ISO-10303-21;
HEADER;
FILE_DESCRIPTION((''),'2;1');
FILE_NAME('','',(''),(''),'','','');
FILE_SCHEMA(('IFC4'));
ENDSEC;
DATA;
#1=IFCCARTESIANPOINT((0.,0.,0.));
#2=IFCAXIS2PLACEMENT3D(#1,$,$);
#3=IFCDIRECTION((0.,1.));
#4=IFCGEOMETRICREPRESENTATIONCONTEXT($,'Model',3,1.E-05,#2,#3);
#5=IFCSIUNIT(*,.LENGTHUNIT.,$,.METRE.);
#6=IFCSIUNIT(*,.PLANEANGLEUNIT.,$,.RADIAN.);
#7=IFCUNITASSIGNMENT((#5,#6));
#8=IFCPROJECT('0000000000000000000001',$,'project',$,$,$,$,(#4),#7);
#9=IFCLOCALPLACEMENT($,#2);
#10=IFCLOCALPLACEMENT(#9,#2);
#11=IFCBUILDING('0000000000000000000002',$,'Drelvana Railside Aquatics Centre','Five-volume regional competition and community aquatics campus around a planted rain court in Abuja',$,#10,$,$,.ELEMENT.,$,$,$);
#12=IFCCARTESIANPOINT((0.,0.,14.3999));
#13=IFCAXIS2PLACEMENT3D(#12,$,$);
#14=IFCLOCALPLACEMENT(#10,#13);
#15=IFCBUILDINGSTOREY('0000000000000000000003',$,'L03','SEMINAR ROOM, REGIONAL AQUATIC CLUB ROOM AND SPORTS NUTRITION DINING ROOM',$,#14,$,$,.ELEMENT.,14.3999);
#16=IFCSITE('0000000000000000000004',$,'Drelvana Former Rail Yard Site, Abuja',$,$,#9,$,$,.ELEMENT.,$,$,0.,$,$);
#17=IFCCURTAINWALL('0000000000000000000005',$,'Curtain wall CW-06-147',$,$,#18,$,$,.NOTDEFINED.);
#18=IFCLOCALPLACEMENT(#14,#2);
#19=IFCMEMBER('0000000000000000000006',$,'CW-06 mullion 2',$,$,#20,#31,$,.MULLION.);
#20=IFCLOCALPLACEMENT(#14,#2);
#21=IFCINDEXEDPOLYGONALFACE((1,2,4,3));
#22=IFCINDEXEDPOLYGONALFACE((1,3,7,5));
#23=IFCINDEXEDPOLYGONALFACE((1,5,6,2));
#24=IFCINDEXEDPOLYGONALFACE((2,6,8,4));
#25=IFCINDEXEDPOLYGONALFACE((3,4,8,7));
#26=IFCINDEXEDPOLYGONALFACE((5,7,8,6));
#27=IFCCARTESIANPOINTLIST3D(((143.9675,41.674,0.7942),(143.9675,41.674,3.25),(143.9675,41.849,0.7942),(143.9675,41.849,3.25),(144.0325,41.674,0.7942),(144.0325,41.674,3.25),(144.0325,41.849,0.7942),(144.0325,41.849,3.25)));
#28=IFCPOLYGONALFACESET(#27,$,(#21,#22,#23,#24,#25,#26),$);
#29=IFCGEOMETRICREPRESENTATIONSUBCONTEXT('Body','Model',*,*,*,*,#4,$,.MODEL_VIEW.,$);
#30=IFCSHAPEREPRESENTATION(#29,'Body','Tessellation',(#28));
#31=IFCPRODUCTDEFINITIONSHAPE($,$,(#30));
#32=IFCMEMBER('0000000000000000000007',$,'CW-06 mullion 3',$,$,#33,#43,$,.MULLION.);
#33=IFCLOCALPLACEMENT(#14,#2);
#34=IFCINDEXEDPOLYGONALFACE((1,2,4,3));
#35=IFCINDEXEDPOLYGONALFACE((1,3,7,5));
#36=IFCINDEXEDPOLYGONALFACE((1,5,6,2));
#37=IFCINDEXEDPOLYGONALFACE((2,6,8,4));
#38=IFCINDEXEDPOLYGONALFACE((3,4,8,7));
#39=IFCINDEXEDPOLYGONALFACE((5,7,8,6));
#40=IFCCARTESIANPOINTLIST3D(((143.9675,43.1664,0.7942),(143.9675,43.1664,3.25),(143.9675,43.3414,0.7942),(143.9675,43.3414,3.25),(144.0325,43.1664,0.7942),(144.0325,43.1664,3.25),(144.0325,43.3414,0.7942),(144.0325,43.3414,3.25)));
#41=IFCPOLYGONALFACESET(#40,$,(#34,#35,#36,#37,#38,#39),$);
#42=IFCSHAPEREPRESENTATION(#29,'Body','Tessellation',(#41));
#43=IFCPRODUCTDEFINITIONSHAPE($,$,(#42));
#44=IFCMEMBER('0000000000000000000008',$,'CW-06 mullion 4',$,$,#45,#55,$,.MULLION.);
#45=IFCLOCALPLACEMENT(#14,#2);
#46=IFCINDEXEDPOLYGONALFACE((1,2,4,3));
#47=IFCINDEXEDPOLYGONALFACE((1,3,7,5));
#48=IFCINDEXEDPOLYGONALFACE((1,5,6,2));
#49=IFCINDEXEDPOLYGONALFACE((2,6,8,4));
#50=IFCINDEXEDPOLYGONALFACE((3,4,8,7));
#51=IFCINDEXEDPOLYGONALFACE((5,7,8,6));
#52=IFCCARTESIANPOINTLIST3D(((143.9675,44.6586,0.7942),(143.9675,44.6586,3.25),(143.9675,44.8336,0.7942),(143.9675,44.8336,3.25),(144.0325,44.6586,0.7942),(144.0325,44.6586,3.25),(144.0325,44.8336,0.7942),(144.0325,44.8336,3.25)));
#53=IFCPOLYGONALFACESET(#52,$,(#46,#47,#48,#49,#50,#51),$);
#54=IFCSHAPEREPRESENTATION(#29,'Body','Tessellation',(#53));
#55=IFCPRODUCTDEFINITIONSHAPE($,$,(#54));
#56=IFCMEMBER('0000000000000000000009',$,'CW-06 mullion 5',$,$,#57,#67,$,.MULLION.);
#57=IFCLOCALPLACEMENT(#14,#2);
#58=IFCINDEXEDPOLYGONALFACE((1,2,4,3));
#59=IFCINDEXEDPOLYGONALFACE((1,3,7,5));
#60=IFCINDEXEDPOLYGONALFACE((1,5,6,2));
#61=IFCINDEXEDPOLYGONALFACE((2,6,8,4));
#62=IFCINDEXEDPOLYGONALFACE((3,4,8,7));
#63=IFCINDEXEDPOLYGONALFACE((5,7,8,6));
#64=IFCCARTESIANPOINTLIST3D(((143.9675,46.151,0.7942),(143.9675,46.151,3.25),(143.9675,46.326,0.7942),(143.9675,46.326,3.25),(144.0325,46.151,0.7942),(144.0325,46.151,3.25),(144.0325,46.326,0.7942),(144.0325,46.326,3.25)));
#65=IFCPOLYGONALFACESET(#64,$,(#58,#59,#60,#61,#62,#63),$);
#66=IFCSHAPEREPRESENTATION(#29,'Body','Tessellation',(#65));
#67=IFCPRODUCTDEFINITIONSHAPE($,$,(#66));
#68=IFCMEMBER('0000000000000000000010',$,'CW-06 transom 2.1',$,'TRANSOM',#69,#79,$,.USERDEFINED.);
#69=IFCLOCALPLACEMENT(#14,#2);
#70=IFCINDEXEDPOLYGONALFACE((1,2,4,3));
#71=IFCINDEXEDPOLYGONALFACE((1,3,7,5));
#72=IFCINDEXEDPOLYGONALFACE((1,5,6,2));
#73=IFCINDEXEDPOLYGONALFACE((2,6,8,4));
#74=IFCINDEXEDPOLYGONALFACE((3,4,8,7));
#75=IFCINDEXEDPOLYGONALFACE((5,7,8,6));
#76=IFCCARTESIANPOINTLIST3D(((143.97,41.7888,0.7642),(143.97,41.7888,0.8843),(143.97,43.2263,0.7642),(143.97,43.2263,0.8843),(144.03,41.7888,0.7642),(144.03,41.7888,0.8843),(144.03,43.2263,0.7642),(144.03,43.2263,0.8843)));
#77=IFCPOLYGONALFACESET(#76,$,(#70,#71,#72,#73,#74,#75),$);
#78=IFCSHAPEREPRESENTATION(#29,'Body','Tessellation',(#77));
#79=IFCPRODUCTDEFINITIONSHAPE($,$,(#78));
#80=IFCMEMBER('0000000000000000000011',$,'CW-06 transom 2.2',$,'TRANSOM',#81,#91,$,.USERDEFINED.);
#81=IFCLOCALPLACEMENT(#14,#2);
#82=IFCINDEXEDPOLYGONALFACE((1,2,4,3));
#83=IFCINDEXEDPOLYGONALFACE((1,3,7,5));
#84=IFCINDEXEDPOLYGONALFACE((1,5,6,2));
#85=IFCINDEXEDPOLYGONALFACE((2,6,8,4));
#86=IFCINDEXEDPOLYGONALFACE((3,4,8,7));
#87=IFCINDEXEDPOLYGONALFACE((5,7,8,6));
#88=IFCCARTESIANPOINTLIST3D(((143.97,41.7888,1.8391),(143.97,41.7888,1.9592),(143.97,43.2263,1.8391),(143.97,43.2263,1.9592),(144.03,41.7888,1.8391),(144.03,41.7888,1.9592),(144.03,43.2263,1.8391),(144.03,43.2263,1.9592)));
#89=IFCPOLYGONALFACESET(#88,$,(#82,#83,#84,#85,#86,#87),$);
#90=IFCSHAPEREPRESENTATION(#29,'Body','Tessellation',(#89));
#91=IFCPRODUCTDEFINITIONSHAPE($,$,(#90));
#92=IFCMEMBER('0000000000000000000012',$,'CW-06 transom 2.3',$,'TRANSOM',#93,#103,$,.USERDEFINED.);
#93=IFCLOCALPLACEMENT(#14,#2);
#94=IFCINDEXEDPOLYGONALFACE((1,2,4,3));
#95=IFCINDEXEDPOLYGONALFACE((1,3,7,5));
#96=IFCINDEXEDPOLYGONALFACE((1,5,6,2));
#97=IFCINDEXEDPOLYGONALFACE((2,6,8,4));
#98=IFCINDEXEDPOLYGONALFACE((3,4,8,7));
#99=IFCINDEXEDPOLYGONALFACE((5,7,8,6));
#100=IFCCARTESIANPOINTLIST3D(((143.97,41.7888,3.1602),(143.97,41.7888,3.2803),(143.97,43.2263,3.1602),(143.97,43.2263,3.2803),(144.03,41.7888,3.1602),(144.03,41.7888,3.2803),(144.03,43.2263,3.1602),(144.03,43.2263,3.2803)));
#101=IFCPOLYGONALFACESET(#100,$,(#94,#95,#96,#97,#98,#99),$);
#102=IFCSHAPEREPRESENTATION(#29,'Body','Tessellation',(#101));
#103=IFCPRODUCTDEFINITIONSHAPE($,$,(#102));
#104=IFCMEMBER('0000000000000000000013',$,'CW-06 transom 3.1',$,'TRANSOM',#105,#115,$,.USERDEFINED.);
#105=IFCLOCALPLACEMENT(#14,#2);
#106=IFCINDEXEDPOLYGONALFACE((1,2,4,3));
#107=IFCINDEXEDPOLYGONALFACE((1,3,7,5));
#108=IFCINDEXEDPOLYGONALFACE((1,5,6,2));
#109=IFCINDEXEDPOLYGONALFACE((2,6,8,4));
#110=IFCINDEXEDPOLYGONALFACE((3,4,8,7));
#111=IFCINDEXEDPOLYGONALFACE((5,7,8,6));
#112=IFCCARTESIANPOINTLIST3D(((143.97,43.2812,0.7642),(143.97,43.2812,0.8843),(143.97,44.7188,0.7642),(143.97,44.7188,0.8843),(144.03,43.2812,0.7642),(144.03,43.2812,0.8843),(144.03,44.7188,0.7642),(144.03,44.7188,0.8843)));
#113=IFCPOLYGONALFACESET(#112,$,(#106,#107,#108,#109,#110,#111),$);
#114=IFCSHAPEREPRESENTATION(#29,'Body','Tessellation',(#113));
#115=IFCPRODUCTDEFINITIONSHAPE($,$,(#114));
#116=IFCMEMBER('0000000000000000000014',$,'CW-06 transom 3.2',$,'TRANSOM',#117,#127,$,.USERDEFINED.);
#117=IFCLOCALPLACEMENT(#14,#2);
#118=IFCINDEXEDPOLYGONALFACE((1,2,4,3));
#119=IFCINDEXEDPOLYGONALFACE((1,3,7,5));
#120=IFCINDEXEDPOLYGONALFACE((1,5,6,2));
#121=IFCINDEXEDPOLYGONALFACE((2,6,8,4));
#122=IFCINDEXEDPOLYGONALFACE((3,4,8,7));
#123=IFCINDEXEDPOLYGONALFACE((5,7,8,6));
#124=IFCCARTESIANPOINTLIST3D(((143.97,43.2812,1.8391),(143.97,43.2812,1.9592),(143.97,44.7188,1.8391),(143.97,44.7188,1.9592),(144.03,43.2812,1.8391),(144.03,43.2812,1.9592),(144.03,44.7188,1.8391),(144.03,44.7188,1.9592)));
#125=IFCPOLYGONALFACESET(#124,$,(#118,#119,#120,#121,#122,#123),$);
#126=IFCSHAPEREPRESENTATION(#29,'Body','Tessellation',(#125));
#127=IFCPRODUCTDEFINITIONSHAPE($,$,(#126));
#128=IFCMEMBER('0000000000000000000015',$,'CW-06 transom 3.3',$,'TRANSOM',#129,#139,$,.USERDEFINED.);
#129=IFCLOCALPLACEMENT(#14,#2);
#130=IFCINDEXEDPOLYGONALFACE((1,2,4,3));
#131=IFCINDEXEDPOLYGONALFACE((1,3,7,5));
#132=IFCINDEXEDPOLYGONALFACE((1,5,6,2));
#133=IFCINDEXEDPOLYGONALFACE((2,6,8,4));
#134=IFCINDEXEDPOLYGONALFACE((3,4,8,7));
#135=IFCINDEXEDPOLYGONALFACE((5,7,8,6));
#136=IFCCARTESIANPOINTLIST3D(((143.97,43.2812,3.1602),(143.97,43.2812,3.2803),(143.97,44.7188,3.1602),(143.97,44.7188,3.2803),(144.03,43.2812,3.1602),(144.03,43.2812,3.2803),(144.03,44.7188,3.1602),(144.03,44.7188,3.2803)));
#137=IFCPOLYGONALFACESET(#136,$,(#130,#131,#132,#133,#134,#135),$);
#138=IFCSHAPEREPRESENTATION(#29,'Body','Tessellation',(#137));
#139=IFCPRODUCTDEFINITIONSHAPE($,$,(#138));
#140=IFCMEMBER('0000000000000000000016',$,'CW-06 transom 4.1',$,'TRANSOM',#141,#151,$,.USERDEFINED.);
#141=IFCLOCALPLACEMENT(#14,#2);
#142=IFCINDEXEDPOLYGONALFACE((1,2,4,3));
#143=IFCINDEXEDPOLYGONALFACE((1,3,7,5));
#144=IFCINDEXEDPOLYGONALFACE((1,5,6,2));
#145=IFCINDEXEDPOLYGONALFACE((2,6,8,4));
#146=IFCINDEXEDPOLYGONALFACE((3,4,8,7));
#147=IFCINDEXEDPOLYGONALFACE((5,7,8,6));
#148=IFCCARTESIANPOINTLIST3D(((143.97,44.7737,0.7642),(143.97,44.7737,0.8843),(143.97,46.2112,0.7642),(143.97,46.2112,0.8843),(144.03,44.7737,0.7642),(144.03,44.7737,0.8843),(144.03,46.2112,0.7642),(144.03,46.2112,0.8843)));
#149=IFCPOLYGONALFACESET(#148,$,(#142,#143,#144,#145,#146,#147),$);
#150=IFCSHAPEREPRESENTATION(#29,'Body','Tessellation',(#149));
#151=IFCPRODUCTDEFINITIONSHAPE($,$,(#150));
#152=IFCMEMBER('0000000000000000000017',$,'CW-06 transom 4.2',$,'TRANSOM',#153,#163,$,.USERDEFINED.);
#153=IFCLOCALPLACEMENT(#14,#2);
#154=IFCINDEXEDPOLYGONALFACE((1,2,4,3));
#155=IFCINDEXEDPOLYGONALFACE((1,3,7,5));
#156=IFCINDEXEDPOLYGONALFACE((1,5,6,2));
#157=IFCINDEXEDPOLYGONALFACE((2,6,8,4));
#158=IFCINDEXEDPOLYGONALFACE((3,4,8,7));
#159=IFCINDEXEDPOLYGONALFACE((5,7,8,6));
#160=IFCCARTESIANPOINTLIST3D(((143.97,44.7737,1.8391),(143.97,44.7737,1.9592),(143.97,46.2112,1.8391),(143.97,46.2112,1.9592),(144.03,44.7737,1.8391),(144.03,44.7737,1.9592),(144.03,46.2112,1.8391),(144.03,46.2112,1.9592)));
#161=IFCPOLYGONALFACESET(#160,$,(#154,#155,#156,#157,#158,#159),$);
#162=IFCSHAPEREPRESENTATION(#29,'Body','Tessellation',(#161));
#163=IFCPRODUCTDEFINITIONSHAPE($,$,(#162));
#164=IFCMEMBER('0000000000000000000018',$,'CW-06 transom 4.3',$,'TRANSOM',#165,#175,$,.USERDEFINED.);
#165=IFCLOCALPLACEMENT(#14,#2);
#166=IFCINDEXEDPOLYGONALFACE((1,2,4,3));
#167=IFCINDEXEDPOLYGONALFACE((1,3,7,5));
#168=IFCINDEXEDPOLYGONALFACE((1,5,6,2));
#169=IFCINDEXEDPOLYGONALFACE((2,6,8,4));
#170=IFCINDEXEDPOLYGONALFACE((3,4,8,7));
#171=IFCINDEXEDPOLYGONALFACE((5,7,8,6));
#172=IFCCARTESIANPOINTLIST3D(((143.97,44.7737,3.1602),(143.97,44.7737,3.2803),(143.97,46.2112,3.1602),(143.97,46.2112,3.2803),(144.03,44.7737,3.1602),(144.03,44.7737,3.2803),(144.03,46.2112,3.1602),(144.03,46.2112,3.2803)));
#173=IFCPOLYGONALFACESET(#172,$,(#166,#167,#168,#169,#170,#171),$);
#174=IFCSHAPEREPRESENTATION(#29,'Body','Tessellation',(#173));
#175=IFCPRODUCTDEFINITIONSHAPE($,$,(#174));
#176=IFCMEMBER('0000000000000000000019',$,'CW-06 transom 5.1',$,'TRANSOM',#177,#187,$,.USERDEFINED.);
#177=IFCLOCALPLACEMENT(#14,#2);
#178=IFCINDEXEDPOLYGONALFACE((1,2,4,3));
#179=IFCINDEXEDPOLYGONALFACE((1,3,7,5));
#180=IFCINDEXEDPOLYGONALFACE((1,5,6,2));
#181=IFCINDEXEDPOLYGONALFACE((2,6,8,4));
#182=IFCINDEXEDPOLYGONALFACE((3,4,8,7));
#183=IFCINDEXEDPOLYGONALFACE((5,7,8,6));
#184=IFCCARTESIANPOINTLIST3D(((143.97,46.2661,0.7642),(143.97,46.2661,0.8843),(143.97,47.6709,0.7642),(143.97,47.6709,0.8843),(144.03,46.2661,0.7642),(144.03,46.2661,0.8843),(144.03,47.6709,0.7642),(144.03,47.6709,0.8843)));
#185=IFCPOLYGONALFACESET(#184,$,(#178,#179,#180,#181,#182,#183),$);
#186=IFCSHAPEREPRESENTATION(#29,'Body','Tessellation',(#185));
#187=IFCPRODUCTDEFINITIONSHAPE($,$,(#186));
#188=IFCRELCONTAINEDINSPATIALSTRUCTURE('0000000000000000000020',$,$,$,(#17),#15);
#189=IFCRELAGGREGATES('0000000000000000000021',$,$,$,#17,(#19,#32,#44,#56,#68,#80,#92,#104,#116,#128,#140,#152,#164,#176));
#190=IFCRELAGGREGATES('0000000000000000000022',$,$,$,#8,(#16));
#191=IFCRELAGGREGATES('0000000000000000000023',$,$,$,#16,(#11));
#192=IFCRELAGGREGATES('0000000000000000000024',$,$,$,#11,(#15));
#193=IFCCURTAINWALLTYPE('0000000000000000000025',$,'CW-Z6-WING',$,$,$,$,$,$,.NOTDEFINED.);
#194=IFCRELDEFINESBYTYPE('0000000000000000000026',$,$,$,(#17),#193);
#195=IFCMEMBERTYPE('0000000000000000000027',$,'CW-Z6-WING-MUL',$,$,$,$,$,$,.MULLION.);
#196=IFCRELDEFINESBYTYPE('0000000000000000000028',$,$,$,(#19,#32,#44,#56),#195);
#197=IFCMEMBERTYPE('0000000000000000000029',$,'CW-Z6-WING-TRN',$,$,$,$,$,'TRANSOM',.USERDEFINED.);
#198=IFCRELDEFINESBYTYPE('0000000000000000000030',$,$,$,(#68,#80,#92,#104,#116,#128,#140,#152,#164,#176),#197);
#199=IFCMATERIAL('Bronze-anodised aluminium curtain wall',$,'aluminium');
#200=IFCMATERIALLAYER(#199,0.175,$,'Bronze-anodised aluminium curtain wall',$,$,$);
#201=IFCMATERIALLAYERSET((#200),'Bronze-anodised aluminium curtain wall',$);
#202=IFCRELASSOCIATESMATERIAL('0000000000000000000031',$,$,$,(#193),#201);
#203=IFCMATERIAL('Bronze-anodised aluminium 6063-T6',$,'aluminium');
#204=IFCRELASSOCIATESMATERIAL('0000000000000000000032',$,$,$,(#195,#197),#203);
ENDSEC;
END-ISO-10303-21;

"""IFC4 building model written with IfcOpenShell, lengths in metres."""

from ifc_helpers import new_model, si_unit, direction, frame, origin, origin_2d, place, context, subcontext, project, spatial, rectangle, extrude, material, layer, layer_set, material_profile, profile_set, type_object, element, aggregate, save


model = new_model("IFC4")

# Units and contexts
model_context = context("Model", 3, precision=1e-05, world=origin(), true_north=direction((0.0, 1.0)))
body_context = subcontext(model_context, "Body", "Model", "MODEL_VIEW")
ifc_project = project(units=[si_unit("LENGTHUNIT", "METRE"), si_unit("PLANEANGLEUNIT", "RADIAN")], contexts=[model_context])

# Site, building, storey
site_placement = place(None, origin())
site = spatial("IfcSite", under=ifc_project, at=site_placement, Name="Drelvana Former Rail Yard Site, Abuja", CompositionType="ELEMENT", RefElevation=0.0)
building_placement = place(site_placement, origin())
building = spatial("IfcBuilding", under=site, at=building_placement, Name="Drelvana Railside Aquatics Centre", Description="Five-volume regional competition and community aquatics campus around a planted rain court in Abuja", CompositionType="ELEMENT")
storey_placement = place(building_placement, frame((0.0, 0.0, 14.3999)))
storey = spatial("IfcBuildingStorey", under=building, at=storey_placement, Name="L03", Description="SEMINAR ROOM, REGIONAL AQUATIC CLUB ROOM AND SPORTS NUTRITION DINING ROOM", CompositionType="ELEMENT", Elevation=14.3999)

# Curtain wall, members
ifc_material_1 = material(Name="Bronze-anodised aluminium curtain wall", Category="aluminium")
ifc_layer_1 = layer(ifc_material_1, 0.175, Name="Bronze-anodised aluminium curtain wall")
ifc_layer_set_1 = layer_set([ifc_layer_1], Name="Bronze-anodised aluminium curtain wall")
curtain_wall_type = type_object("IfcCurtainWallType", Name="CW-Z6-WING", PredefinedType="NOTDEFINED", material=ifc_layer_set_1)
curtain_wall_placement = place(storey_placement, origin())
curtain_wall = element("IfcCurtainWall", 1, at=curtain_wall_placement, inside=storey, type_object=curtain_wall_type, Name="Curtain wall CW-06-147", PredefinedType="NOTDEFINED")
ifc_material_2 = material(Name="Bronze-anodised aluminium 6063-T6", Category="aluminium")
ifc_material_profile_1 = material_profile(ifc_material_2, rectangle(XDim=0.0649, YDim=0.175, at=origin_2d()), Name="ALU-M 65x175")
ifc_profile_set_1 = profile_set([ifc_material_profile_1], Name="Bronze-anodised aluminium 6063-T6")
member_type_1 = type_object("IfcMemberType", Name="CW-Z6-WING-MUL", PredefinedType="MULLION", material=ifc_profile_set_1)
member_1_placement = place(storey_placement, frame((144.0, 41.7615, 0.7942), z_axis=(0.0, 0.0, 1.0), x_axis=(-1.0, 0.0, 0.0)))
member_1 = element("IfcMember", 2, at=member_1_placement, type_object=member_type_1, Name="CW-06 mullion 2", PredefinedType="MULLION", context=body_context, shape_type="SweptSolid", body=[
    extrude(rectangle(XDim=0.0649, YDim=0.175, at=origin_2d()), origin(), (0.0, 0.0, 1.0), 2.4558),
])
member_2_placement = place(storey_placement, frame((144.0, 43.2539, 0.7942), z_axis=(0.0, 0.0, 1.0), x_axis=(-1.0, 0.0, 0.0)))
member_2 = element("IfcMember", 3, at=member_2_placement, type_object=member_type_1, Name="CW-06 mullion 3", PredefinedType="MULLION", context=body_context, shape_type="SweptSolid", body=[
    extrude(rectangle(XDim=0.0649, YDim=0.175, at=origin_2d()), origin(), (0.0, 0.0, 1.0), 2.4558),
])
member_3_placement = place(storey_placement, frame((144.0, 44.7461, 0.7942), z_axis=(0.0, 0.0, 1.0), x_axis=(-1.0, 0.0, 0.0)))
member_3 = element("IfcMember", 4, at=member_3_placement, type_object=member_type_1, Name="CW-06 mullion 4", PredefinedType="MULLION", context=body_context, shape_type="SweptSolid", body=[
    extrude(rectangle(XDim=0.0649, YDim=0.175, at=origin_2d()), origin(), (0.0, 0.0, 1.0), 2.4558),
])
member_4_placement = place(storey_placement, frame((144.0, 46.2385, 0.7942), z_axis=(0.0, 0.0, 1.0), x_axis=(-1.0, 0.0, 0.0)))
member_4 = element("IfcMember", 5, at=member_4_placement, type_object=member_type_1, Name="CW-06 mullion 5", PredefinedType="MULLION", context=body_context, shape_type="SweptSolid", body=[
    extrude(rectangle(XDim=0.0649, YDim=0.175, at=origin_2d()), origin(), (0.0, 0.0, 1.0), 2.4558),
])
ifc_material_profile_2 = material_profile(ifc_material_2, rectangle(XDim=0.1201, YDim=0.0601, at=origin_2d()), Name="ALU-T 60x120")
ifc_profile_set_2 = profile_set([ifc_material_profile_2], Name="Bronze-anodised aluminium 6063-T6")
member_type_2 = type_object("IfcMemberType", Name="CW-Z6-WING-TRN", ElementType="TRANSOM", PredefinedType="USERDEFINED", material=ifc_profile_set_2)
member_5_placement = place(storey_placement, frame((144.0, 41.7888, 0.8242), z_axis=(0.0, 1.0, 0.0), x_axis=(0.0, 0.0, 1.0)))
member_5 = element("IfcMember", 6, at=member_5_placement, type_object=member_type_2, Name="CW-06 transom 2.1", ObjectType="TRANSOM", PredefinedType="USERDEFINED", context=body_context, shape_type="SweptSolid", body=[
    extrude(rectangle(XDim=0.1201, YDim=0.0601, at=origin_2d()), origin(), (0.0, 0.0, 1.0), 1.4375),
])
member_6_placement = place(storey_placement, frame((144.0, 41.7888, 1.8992), z_axis=(0.0, 1.0, 0.0), x_axis=(0.0, 0.0, 1.0)))
member_6 = element("IfcMember", 7, at=member_6_placement, type_object=member_type_2, Name="CW-06 transom 2.2", ObjectType="TRANSOM", PredefinedType="USERDEFINED", context=body_context, shape_type="SweptSolid", body=[
    extrude(rectangle(XDim=0.1201, YDim=0.0601, at=origin_2d()), origin(), (0.0, 0.0, 1.0), 1.4375),
])
member_7_placement = place(storey_placement, frame((144.0, 41.7888, 3.2202), z_axis=(0.0, 1.0, 0.0), x_axis=(0.0, 0.0, 1.0)))
member_7 = element("IfcMember", 8, at=member_7_placement, type_object=member_type_2, Name="CW-06 transom 2.3", ObjectType="TRANSOM", PredefinedType="USERDEFINED", context=body_context, shape_type="SweptSolid", body=[
    extrude(rectangle(XDim=0.1201, YDim=0.0601, at=origin_2d()), origin(), (0.0, 0.0, 1.0), 1.4375),
])
member_8_placement = place(storey_placement, frame((144.0, 43.2812, 0.8242), z_axis=(0.0, 1.0, 0.0), x_axis=(0.0, 0.0, 1.0)))
member_8 = element("IfcMember", 9, at=member_8_placement, type_object=member_type_2, Name="CW-06 transom 3.1", ObjectType="TRANSOM", PredefinedType="USERDEFINED", context=body_context, shape_type="SweptSolid", body=[
    extrude(rectangle(XDim=0.1201, YDim=0.0601, at=origin_2d()), origin(), (0.0, 0.0, 1.0), 1.4375),
])
member_9_placement = place(storey_placement, frame((144.0, 43.2812, 1.8992), z_axis=(0.0, 1.0, 0.0), x_axis=(0.0, 0.0, 1.0)))
member_9 = element("IfcMember", 10, at=member_9_placement, type_object=member_type_2, Name="CW-06 transom 3.2", ObjectType="TRANSOM", PredefinedType="USERDEFINED", context=body_context, shape_type="SweptSolid", body=[
    extrude(rectangle(XDim=0.1201, YDim=0.0601, at=origin_2d()), origin(), (0.0, 0.0, 1.0), 1.4375),
])
member_10_placement = place(storey_placement, frame((144.0, 43.2812, 3.2202), z_axis=(0.0, 1.0, 0.0), x_axis=(0.0, 0.0, 1.0)))
member_10 = element("IfcMember", 11, at=member_10_placement, type_object=member_type_2, Name="CW-06 transom 3.3", ObjectType="TRANSOM", PredefinedType="USERDEFINED", context=body_context, shape_type="SweptSolid", body=[
    extrude(rectangle(XDim=0.1201, YDim=0.0601, at=origin_2d()), origin(), (0.0, 0.0, 1.0), 1.4375),
])
member_11_placement = place(storey_placement, frame((144.0, 44.7737, 0.8242), z_axis=(0.0, 1.0, 0.0), x_axis=(0.0, 0.0, 1.0)))
member_11 = element("IfcMember", 12, at=member_11_placement, type_object=member_type_2, Name="CW-06 transom 4.1", ObjectType="TRANSOM", PredefinedType="USERDEFINED", context=body_context, shape_type="SweptSolid", body=[
    extrude(rectangle(XDim=0.1201, YDim=0.0601, at=origin_2d()), origin(), (0.0, 0.0, 1.0), 1.4375),
])
member_12_placement = place(storey_placement, frame((144.0, 44.7737, 1.8992), z_axis=(0.0, 1.0, 0.0), x_axis=(0.0, 0.0, 1.0)))
member_12 = element("IfcMember", 13, at=member_12_placement, type_object=member_type_2, Name="CW-06 transom 4.2", ObjectType="TRANSOM", PredefinedType="USERDEFINED", context=body_context, shape_type="SweptSolid", body=[
    extrude(rectangle(XDim=0.1201, YDim=0.0601, at=origin_2d()), origin(), (0.0, 0.0, 1.0), 1.4375),
])
member_13_placement = place(storey_placement, frame((144.0, 44.7737, 3.2202), z_axis=(0.0, 1.0, 0.0), x_axis=(0.0, 0.0, 1.0)))
member_13 = element("IfcMember", 14, at=member_13_placement, type_object=member_type_2, Name="CW-06 transom 4.3", ObjectType="TRANSOM", PredefinedType="USERDEFINED", context=body_context, shape_type="SweptSolid", body=[
    extrude(rectangle(XDim=0.1201, YDim=0.0601, at=origin_2d()), origin(), (0.0, 0.0, 1.0), 1.4375),
])
member_14_placement = place(storey_placement, frame((144.0, 46.2661, 0.8242), z_axis=(0.0, 1.0, 0.0), x_axis=(0.0, 0.0, 1.0)))
member_14 = element("IfcMember", 15, at=member_14_placement, type_object=member_type_2, Name="CW-06 transom 5.1", ObjectType="TRANSOM", PredefinedType="USERDEFINED", context=body_context, shape_type="SweptSolid", body=[
    extrude(rectangle(XDim=0.1201, YDim=0.0601, at=origin_2d()), origin(), (0.0, 0.0, 1.0), 1.4048),
])
aggregate(curtain_wall, [member_1, member_2, member_3, member_4, member_5, member_6, member_7, member_8, member_9, member_10, member_11, member_12, member_13, member_14])

save(model, "model.ifc")
